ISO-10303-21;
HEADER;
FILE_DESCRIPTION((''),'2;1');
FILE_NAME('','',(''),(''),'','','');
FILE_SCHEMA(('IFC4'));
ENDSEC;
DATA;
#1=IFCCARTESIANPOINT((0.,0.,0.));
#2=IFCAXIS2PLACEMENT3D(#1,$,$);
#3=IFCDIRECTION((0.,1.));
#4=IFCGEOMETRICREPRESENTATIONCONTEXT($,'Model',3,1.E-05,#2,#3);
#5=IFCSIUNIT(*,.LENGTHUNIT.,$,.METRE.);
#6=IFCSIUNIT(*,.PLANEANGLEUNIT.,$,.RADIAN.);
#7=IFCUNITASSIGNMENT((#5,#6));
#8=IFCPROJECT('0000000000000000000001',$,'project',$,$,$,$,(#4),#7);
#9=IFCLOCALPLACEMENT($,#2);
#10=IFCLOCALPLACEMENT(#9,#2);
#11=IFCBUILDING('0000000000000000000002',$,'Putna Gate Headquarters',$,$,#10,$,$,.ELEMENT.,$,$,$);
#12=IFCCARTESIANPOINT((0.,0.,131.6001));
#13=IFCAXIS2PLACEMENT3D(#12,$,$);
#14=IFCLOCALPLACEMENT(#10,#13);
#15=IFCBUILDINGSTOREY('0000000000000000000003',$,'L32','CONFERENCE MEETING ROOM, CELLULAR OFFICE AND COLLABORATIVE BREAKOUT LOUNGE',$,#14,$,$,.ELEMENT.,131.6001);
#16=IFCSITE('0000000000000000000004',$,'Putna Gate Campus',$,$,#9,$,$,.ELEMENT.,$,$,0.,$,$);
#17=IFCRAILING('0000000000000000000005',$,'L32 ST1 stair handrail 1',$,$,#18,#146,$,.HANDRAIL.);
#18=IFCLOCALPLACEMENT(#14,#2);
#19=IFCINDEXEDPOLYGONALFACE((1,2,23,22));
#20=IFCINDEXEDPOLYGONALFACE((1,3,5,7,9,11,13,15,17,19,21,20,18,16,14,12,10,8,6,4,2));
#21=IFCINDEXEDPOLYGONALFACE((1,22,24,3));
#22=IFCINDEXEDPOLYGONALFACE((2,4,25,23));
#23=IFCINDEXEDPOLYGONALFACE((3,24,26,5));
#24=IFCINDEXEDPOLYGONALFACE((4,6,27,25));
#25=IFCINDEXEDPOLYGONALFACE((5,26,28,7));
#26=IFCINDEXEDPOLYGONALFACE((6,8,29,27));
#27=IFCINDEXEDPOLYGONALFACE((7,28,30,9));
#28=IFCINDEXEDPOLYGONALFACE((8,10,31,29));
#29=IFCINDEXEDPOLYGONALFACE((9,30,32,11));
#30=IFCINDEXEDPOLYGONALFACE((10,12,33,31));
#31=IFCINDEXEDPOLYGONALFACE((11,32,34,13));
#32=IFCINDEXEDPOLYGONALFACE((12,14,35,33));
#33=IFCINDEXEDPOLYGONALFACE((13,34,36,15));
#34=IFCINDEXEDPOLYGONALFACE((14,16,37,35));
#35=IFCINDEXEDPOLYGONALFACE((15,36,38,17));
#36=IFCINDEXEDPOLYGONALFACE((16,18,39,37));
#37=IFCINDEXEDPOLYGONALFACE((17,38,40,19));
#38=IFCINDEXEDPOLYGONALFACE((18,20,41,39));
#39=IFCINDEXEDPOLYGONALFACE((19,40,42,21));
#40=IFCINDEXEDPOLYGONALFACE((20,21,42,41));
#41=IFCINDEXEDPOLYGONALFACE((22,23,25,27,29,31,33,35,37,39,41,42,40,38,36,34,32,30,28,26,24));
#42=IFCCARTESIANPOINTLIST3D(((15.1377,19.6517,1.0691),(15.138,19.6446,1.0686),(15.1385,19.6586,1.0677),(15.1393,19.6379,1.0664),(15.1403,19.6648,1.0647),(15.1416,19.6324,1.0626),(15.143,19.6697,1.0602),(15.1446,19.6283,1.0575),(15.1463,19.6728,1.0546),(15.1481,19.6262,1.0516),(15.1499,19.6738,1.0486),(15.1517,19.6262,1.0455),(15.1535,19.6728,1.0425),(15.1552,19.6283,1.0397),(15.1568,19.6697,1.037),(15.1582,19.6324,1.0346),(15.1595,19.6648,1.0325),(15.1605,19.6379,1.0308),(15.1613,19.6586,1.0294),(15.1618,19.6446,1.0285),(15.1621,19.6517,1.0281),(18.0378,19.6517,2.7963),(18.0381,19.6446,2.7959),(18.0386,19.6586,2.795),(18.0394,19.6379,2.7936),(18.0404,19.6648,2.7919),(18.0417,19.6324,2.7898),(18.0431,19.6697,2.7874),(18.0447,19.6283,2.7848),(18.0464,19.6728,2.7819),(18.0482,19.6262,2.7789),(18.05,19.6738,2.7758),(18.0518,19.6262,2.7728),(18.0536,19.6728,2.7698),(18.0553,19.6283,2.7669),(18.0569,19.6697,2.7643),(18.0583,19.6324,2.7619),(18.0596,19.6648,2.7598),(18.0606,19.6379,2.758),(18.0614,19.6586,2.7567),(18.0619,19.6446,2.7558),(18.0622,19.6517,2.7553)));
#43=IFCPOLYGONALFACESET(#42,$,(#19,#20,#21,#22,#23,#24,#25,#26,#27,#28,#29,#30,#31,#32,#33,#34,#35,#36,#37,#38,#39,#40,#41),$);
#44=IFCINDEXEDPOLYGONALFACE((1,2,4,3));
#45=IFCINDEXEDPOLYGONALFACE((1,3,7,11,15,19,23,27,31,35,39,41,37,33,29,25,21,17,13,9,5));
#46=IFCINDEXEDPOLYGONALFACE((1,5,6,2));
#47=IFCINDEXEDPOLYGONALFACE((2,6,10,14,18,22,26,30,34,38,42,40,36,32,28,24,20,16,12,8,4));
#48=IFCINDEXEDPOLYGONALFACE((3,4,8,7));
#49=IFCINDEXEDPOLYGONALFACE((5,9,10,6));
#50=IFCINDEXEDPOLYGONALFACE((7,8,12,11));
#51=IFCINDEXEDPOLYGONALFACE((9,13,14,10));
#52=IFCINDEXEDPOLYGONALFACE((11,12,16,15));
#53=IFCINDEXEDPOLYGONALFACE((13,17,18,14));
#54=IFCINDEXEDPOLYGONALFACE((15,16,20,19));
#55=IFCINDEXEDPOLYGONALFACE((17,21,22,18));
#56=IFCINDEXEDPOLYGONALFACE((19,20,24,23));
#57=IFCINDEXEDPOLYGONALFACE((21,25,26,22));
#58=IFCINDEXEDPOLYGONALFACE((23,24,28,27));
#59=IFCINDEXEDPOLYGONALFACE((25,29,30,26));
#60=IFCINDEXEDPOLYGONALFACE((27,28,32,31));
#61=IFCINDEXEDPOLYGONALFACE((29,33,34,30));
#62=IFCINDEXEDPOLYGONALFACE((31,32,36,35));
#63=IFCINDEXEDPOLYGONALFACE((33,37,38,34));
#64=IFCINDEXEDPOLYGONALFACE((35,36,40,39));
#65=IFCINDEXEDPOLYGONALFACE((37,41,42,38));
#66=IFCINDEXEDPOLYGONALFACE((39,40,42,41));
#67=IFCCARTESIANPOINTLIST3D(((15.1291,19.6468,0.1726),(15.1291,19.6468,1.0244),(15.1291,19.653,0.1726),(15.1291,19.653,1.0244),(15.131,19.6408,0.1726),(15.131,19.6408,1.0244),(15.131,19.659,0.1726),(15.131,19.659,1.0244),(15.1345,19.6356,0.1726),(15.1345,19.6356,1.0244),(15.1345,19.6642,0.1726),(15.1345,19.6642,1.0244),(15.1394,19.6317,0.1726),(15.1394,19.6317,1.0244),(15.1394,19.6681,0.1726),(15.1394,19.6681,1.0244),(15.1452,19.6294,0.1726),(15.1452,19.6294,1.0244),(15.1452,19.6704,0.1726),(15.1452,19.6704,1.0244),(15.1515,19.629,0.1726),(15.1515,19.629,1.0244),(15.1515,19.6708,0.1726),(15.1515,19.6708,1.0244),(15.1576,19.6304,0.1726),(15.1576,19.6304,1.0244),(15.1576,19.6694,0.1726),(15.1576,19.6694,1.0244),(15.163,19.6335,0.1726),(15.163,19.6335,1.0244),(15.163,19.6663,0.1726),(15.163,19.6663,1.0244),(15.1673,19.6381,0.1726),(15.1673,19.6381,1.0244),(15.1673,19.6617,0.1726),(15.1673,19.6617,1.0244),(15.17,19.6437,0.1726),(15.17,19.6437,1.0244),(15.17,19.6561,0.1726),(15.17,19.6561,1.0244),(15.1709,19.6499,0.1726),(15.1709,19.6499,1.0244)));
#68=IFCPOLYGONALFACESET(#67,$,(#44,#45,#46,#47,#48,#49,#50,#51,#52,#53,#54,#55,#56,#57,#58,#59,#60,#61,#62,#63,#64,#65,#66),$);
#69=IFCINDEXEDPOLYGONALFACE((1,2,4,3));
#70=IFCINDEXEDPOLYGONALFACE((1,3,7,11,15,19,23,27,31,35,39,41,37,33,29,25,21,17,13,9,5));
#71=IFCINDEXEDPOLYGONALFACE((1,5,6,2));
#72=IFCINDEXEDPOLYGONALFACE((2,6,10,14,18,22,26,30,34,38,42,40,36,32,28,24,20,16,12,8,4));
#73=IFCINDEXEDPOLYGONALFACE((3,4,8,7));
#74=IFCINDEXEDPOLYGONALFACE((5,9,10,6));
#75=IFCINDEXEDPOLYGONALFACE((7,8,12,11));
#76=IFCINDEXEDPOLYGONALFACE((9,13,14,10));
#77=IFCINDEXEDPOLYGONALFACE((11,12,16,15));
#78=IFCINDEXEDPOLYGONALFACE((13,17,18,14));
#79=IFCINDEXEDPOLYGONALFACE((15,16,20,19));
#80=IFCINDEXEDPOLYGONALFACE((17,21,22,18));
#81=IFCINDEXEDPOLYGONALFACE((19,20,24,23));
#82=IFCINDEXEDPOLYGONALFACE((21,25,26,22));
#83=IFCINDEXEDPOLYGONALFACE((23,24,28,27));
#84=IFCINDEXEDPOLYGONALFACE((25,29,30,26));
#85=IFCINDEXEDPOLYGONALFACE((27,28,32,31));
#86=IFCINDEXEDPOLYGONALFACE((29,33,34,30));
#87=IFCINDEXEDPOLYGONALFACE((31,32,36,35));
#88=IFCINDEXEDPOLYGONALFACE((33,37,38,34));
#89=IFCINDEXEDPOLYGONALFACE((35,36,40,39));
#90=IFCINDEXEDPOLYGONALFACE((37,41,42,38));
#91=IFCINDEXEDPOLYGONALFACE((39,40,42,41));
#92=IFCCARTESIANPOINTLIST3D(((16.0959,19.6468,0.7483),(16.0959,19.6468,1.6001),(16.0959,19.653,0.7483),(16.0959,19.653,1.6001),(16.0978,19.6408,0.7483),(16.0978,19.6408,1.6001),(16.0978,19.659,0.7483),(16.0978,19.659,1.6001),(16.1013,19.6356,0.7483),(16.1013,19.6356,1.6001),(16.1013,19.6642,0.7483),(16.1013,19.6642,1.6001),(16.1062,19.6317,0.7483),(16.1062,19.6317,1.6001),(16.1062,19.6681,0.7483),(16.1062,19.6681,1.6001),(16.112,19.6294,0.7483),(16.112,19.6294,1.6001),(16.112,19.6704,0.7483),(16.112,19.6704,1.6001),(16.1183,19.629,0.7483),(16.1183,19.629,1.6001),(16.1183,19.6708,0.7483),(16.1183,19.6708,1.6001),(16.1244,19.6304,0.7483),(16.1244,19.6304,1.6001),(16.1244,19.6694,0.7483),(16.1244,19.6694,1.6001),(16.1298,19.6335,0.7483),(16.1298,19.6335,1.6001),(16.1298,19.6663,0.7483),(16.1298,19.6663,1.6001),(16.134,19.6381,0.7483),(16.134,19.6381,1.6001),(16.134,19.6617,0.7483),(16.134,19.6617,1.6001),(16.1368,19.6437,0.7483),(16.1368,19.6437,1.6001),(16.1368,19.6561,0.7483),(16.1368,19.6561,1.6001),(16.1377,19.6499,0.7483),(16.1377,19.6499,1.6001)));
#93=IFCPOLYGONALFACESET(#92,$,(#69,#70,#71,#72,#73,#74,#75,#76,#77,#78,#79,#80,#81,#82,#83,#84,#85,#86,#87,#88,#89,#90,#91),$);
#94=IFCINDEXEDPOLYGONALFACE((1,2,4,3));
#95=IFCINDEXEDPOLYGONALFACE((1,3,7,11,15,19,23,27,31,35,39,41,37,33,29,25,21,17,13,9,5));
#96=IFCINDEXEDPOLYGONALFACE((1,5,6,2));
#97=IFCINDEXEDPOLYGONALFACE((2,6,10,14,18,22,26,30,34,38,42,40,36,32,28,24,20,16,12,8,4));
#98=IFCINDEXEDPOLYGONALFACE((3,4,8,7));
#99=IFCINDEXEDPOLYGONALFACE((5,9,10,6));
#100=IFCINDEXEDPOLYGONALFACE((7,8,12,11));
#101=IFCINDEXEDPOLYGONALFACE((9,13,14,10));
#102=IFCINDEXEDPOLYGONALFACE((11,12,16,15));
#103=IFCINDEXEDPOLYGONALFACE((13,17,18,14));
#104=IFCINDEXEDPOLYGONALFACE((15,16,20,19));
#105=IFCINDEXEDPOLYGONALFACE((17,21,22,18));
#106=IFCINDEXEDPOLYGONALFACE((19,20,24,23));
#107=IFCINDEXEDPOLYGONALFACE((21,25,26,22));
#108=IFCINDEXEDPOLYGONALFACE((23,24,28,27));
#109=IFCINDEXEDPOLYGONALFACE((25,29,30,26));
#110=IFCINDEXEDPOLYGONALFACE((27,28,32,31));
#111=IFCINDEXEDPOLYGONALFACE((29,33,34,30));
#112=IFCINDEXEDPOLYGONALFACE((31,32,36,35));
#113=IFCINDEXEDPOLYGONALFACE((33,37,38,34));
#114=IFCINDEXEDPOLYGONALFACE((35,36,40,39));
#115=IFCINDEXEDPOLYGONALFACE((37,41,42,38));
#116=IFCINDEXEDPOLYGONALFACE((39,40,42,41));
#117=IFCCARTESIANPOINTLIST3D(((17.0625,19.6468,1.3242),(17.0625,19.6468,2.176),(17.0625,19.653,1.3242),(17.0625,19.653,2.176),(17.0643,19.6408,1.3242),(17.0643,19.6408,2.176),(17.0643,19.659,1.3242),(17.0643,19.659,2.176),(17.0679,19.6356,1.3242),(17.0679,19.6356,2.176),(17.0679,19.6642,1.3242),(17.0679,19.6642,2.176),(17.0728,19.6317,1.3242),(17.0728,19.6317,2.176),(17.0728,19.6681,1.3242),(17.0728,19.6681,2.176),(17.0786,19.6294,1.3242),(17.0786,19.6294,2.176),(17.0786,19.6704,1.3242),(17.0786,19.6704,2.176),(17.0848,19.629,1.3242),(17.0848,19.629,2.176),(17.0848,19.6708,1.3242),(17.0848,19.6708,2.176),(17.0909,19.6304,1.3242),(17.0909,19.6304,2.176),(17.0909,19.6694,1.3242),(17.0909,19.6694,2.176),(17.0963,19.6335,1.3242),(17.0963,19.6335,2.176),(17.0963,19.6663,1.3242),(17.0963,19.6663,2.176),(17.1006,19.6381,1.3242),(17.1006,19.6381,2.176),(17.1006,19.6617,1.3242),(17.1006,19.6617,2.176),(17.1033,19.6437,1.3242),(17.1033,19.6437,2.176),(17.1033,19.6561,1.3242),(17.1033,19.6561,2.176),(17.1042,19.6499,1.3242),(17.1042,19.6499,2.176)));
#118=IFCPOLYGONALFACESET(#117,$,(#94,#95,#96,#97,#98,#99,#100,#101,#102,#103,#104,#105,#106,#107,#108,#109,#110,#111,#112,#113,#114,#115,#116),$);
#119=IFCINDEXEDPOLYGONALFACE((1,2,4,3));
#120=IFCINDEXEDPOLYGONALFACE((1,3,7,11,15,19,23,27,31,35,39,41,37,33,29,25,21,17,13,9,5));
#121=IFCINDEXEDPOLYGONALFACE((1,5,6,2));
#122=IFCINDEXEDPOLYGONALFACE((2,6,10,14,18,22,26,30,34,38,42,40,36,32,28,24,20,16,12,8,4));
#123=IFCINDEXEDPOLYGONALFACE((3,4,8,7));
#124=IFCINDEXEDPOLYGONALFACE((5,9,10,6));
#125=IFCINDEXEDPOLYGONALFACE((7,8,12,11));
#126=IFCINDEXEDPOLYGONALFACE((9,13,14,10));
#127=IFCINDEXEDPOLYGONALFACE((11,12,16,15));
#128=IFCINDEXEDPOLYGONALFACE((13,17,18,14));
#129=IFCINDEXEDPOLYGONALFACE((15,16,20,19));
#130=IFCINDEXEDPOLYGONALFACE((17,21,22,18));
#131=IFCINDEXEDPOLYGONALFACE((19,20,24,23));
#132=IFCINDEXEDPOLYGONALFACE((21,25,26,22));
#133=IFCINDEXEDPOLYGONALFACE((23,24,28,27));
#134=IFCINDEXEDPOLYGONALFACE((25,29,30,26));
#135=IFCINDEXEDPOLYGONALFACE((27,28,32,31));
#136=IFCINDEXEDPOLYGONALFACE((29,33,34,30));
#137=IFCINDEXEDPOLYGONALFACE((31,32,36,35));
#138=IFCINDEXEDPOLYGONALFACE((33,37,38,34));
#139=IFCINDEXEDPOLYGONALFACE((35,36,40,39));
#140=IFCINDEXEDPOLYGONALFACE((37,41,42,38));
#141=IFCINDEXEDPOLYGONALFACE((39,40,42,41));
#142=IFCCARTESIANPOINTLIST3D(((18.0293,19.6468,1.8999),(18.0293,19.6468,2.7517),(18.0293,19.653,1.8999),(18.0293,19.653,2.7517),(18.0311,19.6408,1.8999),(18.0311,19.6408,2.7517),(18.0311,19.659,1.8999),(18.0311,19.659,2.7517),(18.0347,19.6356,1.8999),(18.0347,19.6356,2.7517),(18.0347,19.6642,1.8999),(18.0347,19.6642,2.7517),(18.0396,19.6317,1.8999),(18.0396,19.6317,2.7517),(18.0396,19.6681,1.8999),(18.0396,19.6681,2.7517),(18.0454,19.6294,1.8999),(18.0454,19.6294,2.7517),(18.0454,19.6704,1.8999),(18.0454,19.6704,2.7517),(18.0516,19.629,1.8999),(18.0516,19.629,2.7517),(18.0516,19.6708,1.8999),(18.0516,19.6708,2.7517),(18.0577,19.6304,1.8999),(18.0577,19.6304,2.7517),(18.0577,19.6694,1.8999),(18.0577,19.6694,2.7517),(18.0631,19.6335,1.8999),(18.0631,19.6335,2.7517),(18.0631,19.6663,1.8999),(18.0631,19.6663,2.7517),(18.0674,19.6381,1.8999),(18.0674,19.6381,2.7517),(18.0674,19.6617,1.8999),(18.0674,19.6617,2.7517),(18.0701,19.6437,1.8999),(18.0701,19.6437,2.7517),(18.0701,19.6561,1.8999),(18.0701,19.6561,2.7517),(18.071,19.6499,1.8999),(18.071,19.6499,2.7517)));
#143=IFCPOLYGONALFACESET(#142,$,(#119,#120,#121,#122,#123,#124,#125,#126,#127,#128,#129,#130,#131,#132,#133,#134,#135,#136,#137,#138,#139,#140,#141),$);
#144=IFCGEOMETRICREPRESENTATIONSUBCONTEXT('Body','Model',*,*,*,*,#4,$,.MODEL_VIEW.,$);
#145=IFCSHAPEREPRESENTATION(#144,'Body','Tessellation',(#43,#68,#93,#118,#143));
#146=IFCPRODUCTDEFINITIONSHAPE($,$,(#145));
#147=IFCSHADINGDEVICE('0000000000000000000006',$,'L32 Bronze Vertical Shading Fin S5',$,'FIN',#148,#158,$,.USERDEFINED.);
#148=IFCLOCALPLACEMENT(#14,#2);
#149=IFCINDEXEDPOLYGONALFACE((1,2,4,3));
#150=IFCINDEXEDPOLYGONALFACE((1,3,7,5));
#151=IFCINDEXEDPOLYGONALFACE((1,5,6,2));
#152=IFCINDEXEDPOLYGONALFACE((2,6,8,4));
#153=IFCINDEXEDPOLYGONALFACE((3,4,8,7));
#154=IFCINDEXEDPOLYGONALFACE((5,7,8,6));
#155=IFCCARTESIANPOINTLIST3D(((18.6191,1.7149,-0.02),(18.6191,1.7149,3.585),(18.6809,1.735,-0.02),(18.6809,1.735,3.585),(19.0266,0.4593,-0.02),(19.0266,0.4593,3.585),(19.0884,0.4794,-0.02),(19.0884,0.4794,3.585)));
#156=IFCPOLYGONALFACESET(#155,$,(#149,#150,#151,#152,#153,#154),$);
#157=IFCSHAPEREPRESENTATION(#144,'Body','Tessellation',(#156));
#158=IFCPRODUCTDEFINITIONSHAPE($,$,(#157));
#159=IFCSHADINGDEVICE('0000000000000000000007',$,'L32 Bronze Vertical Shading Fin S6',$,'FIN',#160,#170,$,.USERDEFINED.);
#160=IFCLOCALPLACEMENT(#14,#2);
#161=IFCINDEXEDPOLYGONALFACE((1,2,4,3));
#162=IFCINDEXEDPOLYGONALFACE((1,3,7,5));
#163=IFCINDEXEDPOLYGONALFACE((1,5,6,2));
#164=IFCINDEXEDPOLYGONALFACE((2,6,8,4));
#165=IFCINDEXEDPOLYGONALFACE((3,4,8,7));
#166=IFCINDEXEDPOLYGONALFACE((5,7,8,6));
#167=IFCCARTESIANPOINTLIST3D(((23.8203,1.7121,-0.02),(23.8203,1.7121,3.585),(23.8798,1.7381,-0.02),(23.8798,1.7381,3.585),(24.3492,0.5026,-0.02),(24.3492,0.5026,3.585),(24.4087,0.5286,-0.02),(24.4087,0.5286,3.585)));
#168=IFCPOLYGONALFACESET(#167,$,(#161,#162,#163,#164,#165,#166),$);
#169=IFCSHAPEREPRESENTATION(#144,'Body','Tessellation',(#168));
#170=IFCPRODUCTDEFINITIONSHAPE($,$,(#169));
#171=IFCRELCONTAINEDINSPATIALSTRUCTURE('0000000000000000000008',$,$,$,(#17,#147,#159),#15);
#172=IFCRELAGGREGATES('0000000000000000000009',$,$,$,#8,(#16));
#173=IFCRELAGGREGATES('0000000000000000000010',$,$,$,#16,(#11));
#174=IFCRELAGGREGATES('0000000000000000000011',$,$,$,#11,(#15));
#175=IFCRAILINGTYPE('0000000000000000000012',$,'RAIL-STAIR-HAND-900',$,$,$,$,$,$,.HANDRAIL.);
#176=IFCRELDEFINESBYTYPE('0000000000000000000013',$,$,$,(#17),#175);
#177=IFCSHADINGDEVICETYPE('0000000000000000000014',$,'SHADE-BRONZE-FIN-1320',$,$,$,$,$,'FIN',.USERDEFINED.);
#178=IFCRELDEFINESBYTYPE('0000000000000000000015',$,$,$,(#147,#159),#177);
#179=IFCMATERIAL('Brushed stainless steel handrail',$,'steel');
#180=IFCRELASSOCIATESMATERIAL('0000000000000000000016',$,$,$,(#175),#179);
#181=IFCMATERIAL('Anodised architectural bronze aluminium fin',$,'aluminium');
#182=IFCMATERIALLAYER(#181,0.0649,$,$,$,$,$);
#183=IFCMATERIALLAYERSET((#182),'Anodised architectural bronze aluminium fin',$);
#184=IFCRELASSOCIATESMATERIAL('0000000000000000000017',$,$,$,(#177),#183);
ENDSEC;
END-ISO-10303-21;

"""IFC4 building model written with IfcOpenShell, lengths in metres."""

from ifc_helpers import new_model, si_unit, direction, frame, origin, origin_2d, place, context, subcontext, project, spatial, rectangle, circle, extrude, material, layer, layer_set, type_object, element, save


model = new_model("IFC4")

# Units and contexts
model_context = context("Model", 3, precision=1e-05, world=origin(), true_north=direction((0.0, 1.0)))
body_context = subcontext(model_context, "Body", "Model", "MODEL_VIEW")
ifc_project = project(units=[si_unit("LENGTHUNIT", "METRE"), si_unit("PLANEANGLEUNIT", "RADIAN")], contexts=[model_context])

# Site, building, storey
site_placement = place(None, origin())
site = spatial("IfcSite", under=ifc_project, at=site_placement, Name="Putna Gate Campus", CompositionType="ELEMENT", RefElevation=0.0)
building_placement = place(site_placement, origin())
building = spatial("IfcBuilding", under=site, at=building_placement, Name="Putna Gate Headquarters", CompositionType="ELEMENT")
storey_placement = place(building_placement, frame((0.0, 0.0, 131.6001)))
storey = spatial("IfcBuildingStorey", under=building, at=storey_placement, Name="L32", Description="CONFERENCE MEETING ROOM, CELLULAR OFFICE AND COLLABORATIVE BREAKOUT LOUNGE", CompositionType="ELEMENT", Elevation=131.6001)

# Railing
ifc_material_1 = material(Name="Brushed stainless steel handrail", Category="steel")
railing_type_1 = type_object("IfcRailingType", Name="RAIL-STAIR-HAND-900", PredefinedType="HANDRAIL", material=ifc_material_1)
railing_1_placement = place(storey_placement, frame((15.1499, 19.6499, 0.1726)))
element("IfcRailing", 1, at=railing_1_placement, inside=storey, type_object=railing_type_1, Name="L32 ST1 stair handrail 1", PredefinedType="HANDRAIL", context=body_context, shape_type="SweptSolid", body=[
    extrude(circle(Radius=0.0239, at=origin_2d()), frame((0.0, 0.0, 0.876), z_axis=(0.85916, 0.0, 0.511706), x_axis=(0.0, 1.0, 0.0)), (0.0, 0.0, 1.0), 3.3755),
    extrude(circle(Radius=0.021, at=origin_2d()), origin(), (0.0, 0.0, 1.0), 0.8518),
    extrude(circle(Radius=0.021, at=origin_2d()), frame((0.9668, 0.0, 0.5757)), (0.0, 0.0, 1.0), 0.8518),
    extrude(circle(Radius=0.021, at=origin_2d()), frame((1.9333, 0.0, 1.1516)), (0.0, 0.0, 1.0), 0.8518),
    extrude(circle(Radius=0.021, at=origin_2d()), frame((2.9001, 0.0, 1.7273)), (0.0, 0.0, 1.0), 0.8518),
])

# Shading devices
ifc_material_2 = material(Name="Anodised architectural bronze aluminium fin", Category="aluminium")
ifc_layer_1 = layer(ifc_material_2, 0.0649)
ifc_layer_set_1 = layer_set([ifc_layer_1], Name="Anodised architectural bronze aluminium fin")
shading_device_type = type_object("IfcShadingDeviceType", Name="SHADE-BRONZE-FIN-1320", ElementType="FIN", PredefinedType="USERDEFINED", material=ifc_layer_set_1)
for number, where, z_axis, x_axis, name in (
    (2, (18.8538, 1.0972, -0.02), (0.0, 0.0, 1.0), (0.308685, -0.951164, 0.0), "L32 Bronze Vertical Shading Fin S5"),
    (3, (24.1145, 1.1204, -0.02), (0.0, 0.0, 1.0), (0.400669, -0.916223, 0.0), "L32 Bronze Vertical Shading Fin S6"),
):
    element("IfcShadingDevice", number, at=place(storey_placement, frame(where, z_axis=z_axis, x_axis=x_axis)), inside=storey, type_object=shading_device_type, Name=name, ObjectType="FIN", PredefinedType="USERDEFINED", context=body_context, shape_type="SweptSolid", body=[
        extrude(rectangle(XDim=1.3201, YDim=0.0649, at=origin_2d()), origin(), (0.0, 0.0, 1.0), 3.605),
    ])

save(model, "model.ifc")
